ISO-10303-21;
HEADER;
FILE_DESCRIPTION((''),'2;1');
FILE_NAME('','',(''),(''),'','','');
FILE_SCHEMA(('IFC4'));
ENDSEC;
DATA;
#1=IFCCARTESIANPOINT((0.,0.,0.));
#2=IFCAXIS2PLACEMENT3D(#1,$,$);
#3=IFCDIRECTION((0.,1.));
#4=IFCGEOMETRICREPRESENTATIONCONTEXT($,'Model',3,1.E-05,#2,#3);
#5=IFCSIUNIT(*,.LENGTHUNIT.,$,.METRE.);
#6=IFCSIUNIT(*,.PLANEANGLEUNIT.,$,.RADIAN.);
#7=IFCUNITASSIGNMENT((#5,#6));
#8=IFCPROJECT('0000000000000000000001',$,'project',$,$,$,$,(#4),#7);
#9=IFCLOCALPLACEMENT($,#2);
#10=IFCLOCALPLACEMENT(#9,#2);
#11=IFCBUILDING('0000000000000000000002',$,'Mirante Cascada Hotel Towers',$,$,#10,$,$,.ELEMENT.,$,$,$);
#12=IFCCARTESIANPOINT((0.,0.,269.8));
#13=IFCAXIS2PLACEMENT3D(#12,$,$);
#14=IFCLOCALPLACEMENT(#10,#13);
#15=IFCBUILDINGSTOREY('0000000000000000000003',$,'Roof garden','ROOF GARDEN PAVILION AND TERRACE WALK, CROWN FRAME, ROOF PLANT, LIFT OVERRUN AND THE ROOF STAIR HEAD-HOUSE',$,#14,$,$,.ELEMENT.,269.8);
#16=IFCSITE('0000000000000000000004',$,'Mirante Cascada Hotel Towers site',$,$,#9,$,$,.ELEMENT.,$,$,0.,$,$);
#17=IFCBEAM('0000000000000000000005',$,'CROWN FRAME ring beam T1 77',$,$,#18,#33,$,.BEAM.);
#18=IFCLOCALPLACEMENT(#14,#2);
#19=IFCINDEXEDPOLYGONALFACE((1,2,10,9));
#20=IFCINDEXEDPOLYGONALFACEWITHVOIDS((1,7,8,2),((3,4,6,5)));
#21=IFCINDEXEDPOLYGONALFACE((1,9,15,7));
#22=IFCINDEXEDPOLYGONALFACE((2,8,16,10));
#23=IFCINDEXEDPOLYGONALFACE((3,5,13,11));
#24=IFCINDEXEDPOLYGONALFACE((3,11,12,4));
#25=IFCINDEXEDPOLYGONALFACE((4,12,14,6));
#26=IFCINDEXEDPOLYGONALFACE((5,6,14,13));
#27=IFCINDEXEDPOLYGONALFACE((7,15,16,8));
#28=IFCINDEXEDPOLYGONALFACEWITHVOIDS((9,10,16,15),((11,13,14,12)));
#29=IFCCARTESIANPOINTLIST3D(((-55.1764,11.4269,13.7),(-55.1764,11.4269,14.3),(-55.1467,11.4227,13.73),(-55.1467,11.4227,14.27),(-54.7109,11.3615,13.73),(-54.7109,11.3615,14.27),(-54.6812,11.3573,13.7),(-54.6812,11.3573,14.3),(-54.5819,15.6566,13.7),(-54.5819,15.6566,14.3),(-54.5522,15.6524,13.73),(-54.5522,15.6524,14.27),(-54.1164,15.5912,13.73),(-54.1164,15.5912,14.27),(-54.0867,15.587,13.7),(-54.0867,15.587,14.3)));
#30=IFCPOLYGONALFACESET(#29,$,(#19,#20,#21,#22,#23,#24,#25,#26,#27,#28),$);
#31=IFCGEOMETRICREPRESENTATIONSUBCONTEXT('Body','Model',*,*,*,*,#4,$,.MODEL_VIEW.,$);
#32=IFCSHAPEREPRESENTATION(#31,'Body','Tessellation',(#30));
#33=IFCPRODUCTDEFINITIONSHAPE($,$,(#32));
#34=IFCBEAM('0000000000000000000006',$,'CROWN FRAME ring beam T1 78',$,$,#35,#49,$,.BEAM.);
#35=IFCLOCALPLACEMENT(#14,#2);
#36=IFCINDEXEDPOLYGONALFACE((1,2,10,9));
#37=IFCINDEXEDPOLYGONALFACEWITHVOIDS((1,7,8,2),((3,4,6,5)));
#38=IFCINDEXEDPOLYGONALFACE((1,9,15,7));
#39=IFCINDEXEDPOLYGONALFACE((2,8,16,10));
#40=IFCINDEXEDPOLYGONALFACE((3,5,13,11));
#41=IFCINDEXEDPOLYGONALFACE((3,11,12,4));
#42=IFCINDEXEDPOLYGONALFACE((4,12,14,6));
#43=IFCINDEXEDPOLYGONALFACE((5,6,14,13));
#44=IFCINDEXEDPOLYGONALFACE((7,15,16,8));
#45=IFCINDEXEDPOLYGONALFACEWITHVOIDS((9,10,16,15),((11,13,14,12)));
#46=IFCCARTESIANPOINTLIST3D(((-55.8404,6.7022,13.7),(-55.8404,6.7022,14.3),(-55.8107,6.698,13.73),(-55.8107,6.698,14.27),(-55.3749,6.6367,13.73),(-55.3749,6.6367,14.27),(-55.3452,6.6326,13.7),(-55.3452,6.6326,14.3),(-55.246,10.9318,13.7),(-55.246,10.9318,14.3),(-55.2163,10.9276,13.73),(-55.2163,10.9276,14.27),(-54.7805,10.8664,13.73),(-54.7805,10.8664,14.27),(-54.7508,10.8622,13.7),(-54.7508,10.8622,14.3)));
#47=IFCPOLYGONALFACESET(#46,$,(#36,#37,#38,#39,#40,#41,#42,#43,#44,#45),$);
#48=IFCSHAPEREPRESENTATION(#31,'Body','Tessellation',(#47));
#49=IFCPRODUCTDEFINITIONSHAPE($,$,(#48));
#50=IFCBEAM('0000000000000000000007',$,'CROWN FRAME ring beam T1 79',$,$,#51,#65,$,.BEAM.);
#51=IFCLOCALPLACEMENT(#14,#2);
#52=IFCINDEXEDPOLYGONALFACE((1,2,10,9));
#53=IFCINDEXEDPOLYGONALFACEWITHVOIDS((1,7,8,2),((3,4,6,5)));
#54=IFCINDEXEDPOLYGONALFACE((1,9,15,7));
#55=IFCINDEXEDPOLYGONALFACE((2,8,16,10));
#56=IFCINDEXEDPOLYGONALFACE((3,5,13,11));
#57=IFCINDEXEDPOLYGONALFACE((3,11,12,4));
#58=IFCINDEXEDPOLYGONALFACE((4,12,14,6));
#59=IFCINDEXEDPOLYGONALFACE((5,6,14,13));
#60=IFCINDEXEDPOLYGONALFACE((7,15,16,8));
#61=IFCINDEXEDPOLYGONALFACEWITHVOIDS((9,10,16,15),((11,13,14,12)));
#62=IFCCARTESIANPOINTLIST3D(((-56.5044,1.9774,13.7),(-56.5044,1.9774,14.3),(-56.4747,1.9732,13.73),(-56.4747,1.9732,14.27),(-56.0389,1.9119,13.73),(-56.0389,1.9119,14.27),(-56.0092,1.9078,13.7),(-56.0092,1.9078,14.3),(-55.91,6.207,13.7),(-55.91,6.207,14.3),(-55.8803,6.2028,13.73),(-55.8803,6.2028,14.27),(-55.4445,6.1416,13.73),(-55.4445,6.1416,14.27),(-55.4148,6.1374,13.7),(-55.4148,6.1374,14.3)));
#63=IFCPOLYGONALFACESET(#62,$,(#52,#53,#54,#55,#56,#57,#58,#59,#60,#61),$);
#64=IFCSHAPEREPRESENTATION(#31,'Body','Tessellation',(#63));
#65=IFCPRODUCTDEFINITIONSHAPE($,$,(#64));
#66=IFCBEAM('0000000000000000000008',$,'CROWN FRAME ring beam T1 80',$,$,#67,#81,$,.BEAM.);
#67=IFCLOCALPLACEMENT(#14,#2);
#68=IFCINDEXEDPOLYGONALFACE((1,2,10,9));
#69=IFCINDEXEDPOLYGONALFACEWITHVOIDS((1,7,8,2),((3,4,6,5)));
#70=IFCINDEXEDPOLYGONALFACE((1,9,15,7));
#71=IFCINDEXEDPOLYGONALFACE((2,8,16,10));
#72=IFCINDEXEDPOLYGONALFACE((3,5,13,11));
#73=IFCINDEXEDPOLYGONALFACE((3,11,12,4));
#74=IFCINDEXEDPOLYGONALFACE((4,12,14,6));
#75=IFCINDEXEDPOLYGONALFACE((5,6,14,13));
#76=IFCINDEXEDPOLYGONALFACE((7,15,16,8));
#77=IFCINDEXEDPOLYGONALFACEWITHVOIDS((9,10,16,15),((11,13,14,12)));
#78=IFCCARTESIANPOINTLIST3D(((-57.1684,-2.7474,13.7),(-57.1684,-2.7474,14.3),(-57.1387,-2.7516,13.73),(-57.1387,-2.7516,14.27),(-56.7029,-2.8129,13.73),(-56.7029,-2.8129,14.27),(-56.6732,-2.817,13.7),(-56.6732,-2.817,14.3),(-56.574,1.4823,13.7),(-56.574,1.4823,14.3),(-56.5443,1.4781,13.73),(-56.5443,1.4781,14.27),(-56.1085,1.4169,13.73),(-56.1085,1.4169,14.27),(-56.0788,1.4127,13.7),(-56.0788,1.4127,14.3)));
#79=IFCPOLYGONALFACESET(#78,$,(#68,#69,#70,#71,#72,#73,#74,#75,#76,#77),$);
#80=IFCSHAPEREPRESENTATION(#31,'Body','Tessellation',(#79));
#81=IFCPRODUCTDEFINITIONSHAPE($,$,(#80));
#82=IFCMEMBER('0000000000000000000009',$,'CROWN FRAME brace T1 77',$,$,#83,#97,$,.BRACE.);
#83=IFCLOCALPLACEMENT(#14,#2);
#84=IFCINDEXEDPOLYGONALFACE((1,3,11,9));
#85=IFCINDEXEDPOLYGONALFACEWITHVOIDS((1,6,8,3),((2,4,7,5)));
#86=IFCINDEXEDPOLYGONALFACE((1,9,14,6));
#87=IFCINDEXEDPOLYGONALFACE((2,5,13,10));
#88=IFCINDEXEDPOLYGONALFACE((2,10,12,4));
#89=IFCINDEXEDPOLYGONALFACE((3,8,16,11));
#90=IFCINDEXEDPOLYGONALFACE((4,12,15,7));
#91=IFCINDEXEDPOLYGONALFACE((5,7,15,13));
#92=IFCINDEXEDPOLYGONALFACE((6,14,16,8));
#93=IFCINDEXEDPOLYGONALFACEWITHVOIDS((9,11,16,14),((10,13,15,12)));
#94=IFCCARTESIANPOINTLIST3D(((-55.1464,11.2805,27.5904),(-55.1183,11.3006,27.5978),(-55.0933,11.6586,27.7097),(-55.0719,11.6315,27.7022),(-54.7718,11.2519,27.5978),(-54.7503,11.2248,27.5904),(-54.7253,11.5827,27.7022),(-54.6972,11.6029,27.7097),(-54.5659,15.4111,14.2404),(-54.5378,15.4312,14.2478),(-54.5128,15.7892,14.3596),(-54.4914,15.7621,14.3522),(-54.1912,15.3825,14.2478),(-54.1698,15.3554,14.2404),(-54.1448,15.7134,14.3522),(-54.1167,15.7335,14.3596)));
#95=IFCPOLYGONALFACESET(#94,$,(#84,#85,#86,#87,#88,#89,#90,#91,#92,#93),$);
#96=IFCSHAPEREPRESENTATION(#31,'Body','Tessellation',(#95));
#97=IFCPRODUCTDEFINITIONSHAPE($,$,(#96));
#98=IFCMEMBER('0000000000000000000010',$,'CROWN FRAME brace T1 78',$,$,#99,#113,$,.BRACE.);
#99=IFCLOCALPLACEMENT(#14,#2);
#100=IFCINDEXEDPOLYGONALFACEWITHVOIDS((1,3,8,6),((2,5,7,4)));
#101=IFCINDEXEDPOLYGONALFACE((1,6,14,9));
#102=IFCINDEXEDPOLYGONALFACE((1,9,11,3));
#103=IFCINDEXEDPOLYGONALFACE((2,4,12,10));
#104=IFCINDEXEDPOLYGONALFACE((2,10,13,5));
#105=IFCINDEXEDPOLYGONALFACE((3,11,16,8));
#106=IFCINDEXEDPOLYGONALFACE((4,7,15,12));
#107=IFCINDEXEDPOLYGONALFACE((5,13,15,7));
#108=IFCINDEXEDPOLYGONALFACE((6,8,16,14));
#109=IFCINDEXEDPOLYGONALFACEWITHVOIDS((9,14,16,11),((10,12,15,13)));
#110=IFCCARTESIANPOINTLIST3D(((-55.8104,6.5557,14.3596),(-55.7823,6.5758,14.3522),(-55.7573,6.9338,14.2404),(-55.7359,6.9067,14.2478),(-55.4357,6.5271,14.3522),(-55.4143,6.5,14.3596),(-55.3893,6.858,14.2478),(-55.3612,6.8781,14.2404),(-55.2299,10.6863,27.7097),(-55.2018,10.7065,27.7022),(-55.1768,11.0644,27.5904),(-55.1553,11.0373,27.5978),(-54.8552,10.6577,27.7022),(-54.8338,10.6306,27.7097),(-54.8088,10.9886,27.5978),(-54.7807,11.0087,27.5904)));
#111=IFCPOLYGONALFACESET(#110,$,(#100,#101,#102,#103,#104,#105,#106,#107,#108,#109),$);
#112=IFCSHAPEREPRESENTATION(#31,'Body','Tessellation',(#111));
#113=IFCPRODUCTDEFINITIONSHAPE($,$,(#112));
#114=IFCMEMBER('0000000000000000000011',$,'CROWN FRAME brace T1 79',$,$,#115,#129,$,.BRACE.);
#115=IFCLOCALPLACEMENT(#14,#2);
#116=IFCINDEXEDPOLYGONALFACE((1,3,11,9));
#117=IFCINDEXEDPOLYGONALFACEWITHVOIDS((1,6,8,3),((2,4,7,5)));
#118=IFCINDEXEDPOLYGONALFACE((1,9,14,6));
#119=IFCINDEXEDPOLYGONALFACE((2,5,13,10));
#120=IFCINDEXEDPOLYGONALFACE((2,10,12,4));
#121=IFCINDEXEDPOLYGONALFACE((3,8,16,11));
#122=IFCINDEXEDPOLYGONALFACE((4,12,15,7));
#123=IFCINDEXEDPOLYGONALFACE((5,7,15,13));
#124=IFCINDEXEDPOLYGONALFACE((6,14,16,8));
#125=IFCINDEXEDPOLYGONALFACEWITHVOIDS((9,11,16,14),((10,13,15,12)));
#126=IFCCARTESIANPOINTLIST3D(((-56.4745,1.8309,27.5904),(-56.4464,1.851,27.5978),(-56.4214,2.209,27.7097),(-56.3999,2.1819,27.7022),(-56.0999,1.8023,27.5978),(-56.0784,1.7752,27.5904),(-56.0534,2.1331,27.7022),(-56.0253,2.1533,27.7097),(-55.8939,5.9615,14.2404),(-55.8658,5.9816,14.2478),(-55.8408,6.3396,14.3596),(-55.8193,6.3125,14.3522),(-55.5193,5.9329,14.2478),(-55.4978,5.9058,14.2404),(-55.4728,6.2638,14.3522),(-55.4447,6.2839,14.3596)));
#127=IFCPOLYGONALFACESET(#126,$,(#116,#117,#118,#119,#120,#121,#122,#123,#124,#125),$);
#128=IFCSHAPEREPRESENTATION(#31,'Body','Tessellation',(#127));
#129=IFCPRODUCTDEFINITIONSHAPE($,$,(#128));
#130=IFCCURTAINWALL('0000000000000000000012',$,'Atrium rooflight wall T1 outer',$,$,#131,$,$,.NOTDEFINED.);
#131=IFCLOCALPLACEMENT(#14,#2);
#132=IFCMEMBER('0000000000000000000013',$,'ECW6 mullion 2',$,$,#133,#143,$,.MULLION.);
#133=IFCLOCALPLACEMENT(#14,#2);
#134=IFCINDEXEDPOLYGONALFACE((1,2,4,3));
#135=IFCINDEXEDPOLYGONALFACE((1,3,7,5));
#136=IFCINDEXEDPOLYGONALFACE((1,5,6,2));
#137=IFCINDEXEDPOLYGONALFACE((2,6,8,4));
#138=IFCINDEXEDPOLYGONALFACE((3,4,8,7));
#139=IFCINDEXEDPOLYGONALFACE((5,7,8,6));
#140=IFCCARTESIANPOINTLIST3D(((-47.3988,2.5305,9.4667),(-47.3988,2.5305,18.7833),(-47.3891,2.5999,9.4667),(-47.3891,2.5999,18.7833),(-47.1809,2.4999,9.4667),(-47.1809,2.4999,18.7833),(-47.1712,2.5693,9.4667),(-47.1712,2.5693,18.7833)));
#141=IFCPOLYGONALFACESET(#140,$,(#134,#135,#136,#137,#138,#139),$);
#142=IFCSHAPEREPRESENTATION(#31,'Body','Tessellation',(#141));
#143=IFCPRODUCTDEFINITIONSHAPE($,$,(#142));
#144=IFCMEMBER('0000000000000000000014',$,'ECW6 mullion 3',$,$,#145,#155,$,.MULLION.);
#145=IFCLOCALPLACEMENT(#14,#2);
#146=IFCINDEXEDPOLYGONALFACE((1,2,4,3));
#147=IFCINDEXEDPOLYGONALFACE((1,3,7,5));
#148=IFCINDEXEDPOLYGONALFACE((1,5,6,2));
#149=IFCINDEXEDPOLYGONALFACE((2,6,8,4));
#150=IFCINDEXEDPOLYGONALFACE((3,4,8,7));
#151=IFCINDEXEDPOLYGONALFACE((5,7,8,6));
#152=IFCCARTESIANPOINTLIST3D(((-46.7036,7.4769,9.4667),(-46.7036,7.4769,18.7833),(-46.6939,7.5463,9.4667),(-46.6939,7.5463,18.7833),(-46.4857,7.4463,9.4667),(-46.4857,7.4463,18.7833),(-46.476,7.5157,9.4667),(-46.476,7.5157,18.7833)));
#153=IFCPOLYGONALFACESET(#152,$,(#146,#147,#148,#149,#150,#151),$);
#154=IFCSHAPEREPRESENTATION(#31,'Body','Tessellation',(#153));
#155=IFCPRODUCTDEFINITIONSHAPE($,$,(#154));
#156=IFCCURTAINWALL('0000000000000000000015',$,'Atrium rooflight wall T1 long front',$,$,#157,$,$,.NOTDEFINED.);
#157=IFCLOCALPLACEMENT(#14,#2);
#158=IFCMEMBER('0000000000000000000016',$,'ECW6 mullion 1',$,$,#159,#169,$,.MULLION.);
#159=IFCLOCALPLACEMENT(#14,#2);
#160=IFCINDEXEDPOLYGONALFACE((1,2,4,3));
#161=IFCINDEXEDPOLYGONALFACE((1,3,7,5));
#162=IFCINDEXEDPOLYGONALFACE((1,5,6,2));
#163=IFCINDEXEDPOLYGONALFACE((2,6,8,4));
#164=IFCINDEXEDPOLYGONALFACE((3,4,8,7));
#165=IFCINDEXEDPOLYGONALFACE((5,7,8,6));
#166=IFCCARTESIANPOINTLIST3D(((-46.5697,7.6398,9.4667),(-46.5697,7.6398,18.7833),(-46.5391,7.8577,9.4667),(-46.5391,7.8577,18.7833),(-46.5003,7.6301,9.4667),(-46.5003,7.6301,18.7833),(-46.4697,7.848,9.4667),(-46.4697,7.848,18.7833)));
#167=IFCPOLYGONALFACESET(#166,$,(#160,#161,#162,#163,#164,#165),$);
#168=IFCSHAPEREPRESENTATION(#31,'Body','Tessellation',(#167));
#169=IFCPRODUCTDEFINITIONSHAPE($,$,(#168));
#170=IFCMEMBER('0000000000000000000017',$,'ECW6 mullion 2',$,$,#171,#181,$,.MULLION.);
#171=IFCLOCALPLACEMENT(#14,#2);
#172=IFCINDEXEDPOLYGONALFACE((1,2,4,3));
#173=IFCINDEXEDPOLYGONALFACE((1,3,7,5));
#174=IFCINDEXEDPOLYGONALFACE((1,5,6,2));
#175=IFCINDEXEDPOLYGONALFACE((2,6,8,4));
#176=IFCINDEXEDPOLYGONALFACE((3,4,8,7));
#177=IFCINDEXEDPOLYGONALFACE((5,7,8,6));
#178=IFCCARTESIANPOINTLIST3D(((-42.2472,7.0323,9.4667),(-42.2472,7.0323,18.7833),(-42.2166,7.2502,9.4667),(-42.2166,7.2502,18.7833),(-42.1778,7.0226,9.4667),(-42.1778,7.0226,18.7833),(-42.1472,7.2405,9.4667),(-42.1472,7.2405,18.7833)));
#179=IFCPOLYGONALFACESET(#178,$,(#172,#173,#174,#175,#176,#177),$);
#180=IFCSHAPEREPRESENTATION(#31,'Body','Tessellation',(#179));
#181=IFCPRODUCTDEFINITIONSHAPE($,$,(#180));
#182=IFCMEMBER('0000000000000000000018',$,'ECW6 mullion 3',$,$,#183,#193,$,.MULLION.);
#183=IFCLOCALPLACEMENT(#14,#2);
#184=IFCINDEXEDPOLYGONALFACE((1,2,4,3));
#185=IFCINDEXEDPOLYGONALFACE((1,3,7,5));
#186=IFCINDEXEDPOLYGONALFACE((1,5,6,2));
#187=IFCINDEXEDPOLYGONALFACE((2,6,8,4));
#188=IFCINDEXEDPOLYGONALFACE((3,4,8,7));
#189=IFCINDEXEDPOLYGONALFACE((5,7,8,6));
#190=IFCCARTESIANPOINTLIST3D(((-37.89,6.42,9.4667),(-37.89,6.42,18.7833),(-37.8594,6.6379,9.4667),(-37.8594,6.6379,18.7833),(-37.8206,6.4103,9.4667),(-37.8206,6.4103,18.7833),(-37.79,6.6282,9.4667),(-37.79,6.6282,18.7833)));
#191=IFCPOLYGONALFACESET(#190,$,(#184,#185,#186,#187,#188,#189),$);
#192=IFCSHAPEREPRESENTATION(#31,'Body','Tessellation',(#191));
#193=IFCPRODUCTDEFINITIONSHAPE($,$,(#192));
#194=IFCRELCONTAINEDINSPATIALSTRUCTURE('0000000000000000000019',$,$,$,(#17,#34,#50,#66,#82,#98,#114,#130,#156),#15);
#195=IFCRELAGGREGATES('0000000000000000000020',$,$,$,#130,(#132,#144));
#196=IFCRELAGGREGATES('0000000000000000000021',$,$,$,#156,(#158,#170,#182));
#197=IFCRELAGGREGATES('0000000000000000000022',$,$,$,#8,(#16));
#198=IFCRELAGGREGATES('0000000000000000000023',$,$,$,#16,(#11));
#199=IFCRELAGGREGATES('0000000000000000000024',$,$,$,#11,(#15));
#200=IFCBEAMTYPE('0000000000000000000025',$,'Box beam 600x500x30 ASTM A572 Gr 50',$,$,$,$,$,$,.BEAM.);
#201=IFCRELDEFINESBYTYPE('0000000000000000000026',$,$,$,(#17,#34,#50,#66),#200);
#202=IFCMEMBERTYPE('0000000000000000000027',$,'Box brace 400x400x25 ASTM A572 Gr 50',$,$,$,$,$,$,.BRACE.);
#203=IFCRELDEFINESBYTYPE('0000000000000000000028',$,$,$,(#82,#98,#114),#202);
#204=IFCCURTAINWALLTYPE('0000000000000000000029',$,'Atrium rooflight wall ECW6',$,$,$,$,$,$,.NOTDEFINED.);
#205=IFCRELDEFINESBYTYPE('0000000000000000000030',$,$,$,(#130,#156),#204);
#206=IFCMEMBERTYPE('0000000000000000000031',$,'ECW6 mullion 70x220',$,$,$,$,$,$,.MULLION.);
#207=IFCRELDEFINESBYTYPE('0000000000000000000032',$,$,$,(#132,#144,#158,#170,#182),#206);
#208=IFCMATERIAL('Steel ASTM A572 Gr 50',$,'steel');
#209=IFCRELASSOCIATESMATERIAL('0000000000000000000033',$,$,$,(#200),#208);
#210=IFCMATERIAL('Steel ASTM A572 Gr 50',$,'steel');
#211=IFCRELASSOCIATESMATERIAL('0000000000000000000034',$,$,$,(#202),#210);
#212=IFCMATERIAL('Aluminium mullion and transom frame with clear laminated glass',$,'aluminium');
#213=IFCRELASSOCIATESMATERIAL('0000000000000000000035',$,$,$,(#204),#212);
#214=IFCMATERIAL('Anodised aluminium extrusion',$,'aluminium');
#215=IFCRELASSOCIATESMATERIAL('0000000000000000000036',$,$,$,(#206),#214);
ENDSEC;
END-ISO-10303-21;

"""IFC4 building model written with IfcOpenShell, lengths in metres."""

from ifc_helpers import new_model, si_unit, direction, frame, origin, origin_2d, place, context, subcontext, project, spatial, rectangle, hollow_rectangle, extrude, material, material_profile, profile_set, type_object, element, aggregate, save


model = new_model("IFC4")

# Units and contexts
model_context = context("Model", 3, precision=1e-05, world=origin(), true_north=direction((0.0, 1.0)))
body_context = subcontext(model_context, "Body", "Model", "MODEL_VIEW")
ifc_project = project(units=[si_unit("LENGTHUNIT", "METRE"), si_unit("PLANEANGLEUNIT", "RADIAN")], contexts=[model_context])

# Site, building, storey
site_placement = place(None, origin())
site = spatial("IfcSite", under=ifc_project, at=site_placement, Name="Mirante Cascada Hotel Towers site", CompositionType="ELEMENT", RefElevation=0.0)
building_placement = place(site_placement, origin())
building = spatial("IfcBuilding", under=site, at=building_placement, Name="Mirante Cascada Hotel Towers", CompositionType="ELEMENT")
storey_placement = place(building_placement, frame((0.0, 0.0, 269.8)))
storey = spatial("IfcBuildingStorey", under=building, at=storey_placement, Name="Roof garden", Description="ROOF GARDEN PAVILION AND TERRACE WALK, CROWN FRAME, ROOF PLANT, LIFT OVERRUN AND THE ROOF STAIR HEAD-HOUSE", CompositionType="ELEMENT", Elevation=269.8)

# Beams
ifc_material_1 = material(Name="Steel ASTM A572 Gr 50", Category="steel")
ifc_material_profile_1 = material_profile(ifc_material_1, hollow_rectangle(XDim=0.5, YDim=0.6, WallThickness=0.03, at=origin_2d()), Name="Box beam 600x500x30 ASTM A572 Gr 50")
ifc_profile_set_1 = profile_set([ifc_material_profile_1], Name="Steel ASTM A572 Gr 50")
beam_type = type_object("IfcBeamType", Name="Box beam 600x500x30 ASTM A572 Gr 50", PredefinedType="BEAM", material=ifc_profile_set_1)
beam_1_placement = place(storey_placement, frame((-54.3343, 15.6218, 14.0), z_axis=(-0.139186, -0.990266, 0.0), x_axis=(0.990266, -0.139186, 0.0)))
element("IfcBeam", 1, at=beam_1_placement, inside=storey, type_object=beam_type, Name="CROWN FRAME ring beam T1 77", PredefinedType="BEAM", context=body_context, shape_type="SweptSolid", body=[
    extrude(hollow_rectangle(XDim=0.5, YDim=0.6, WallThickness=0.03, at=origin_2d()), origin(), (0.0, 0.0, 1.0), 4.2713),
])
for number, where, z_axis, x_axis, name in (
    (2, (-54.9984, 10.897, 14.0), (-0.139166, -0.990269, 0.0), (0.990269, -0.139166, 0.0), "CROWN FRAME ring beam T1 78"),
    (3, (-55.6624, 6.1722, 14.0), (-0.139166, -0.990269, 0.0), (0.990269, -0.139166, 0.0), "CROWN FRAME ring beam T1 79"),
):
    element("IfcBeam", number, at=place(storey_placement, frame(where, z_axis=z_axis, x_axis=x_axis)), inside=storey, type_object=beam_type, Name=name, PredefinedType="BEAM", context=body_context, shape_type="SweptSolid", body=[
        extrude(hollow_rectangle(XDim=0.5, YDim=0.6, WallThickness=0.03, at=origin_2d()), origin(), (0.0, 0.0, 1.0), 4.2712),
    ])
beam_2_placement = place(storey_placement, frame((-56.3264, 1.4475, 14.0), z_axis=(-0.139163, -0.99027, 0.0), x_axis=(0.99027, -0.139163, 0.0)))
element("IfcBeam", 4, at=beam_2_placement, inside=storey, type_object=beam_type, Name="CROWN FRAME ring beam T1 80", PredefinedType="BEAM", context=body_context, shape_type="SweptSolid", body=[
    extrude(hollow_rectangle(XDim=0.5, YDim=0.6, WallThickness=0.03, at=origin_2d()), origin(), (0.0, 0.0, 1.0), 4.2713),
])

# Members
ifc_material_2 = material(Name="Steel ASTM A572 Gr 50", Category="steel")
ifc_material_profile_2 = material_profile(ifc_material_2, hollow_rectangle(XDim=0.4, YDim=0.4, WallThickness=0.025, at=origin_2d()), Name="Box brace 400x400x25 ASTM A572 Gr 50")
ifc_profile_set_2 = profile_set([ifc_material_profile_2], Name="Steel ASTM A572 Gr 50")
member_type_1 = type_object("IfcMemberType", Name="Box brace 400x400x25 ASTM A572 Gr 50", PredefinedType="BRACE", material=ifc_profile_set_2)
for number, where, z_axis, x_axis, name in (
    (5, (-54.3413, 15.5723, 14.3), (-0.041504, -0.295328, 0.954494), (0.990269, -0.139169, 0.0), "CROWN FRAME brace T1 77"),
    (6, (-55.5858, 6.7169, 14.3), (0.041504, 0.295328, 0.954494), (-0.990269, 0.139169, 0.0), "CROWN FRAME brace T1 78"),
    (7, (-55.6693, 6.1227, 14.3), (-0.041511, -0.295328, 0.954494), (0.990265, -0.139192, 0.0), "CROWN FRAME brace T1 79"),
):
    element("IfcMember", number, at=place(storey_placement, frame(where, z_axis=z_axis, x_axis=x_axis)), inside=storey, type_object=member_type_1, Name=name, PredefinedType="BRACE", context=body_context, shape_type="SweptSolid", body=[
        extrude(hollow_rectangle(XDim=0.4, YDim=0.4, WallThickness=0.025, at=origin_2d()), origin(), (0.0, 0.0, 1.0), 13.9865),
    ])

# Curtain walls, members
ifc_material_3 = material(Name="Aluminium mullion and transom frame with clear laminated glass", Category="aluminium")
curtain_wall_type = type_object("IfcCurtainWallType", Name="Atrium rooflight wall ECW6", PredefinedType="NOTDEFINED", material=ifc_material_3)
curtain_wall_1_placement = place(storey_placement, origin())
curtain_wall_1 = element("IfcCurtainWall", 8, at=curtain_wall_1_placement, inside=storey, type_object=curtain_wall_type, Name="Atrium rooflight wall T1 outer", PredefinedType="NOTDEFINED")
ifc_material_4 = material(Name="Anodised aluminium extrusion", Category="aluminium")
ifc_material_profile_3 = material_profile(ifc_material_4, rectangle(XDim=0.22, YDim=0.07, at=origin_2d()), Name="ECW6 MULLION 70x220")
ifc_profile_set_3 = profile_set([ifc_material_profile_3], Name="Anodised aluminium extrusion")
member_type_2 = type_object("IfcMemberType", Name="ECW6 mullion 70x220", PredefinedType="MULLION", material=ifc_profile_set_3)
member_1_placement = place(storey_placement, frame((-47.285, 2.5499, 9.4667), z_axis=(0.0, 0.0, 1.0), x_axis=(-0.990268, 0.139173, 0.0)))
member_1 = element("IfcMember", 9, at=member_1_placement, type_object=member_type_2, Name="ECW6 mullion 2", PredefinedType="MULLION", context=body_context, shape_type="SweptSolid", body=[
    extrude(rectangle(XDim=0.22, YDim=0.07, at=origin_2d()), origin(), (0.0, 0.0, 1.0), 9.3166),
])
member_2_placement = place(storey_placement, frame((-46.5898, 7.4963, 9.4667), z_axis=(0.0, 0.0, 1.0), x_axis=(-0.990268, 0.139173, 0.0)))
member_2 = element("IfcMember", 10, at=member_2_placement, type_object=member_type_2, Name="ECW6 mullion 3", PredefinedType="MULLION", context=body_context, shape_type="SweptSolid", body=[
    extrude(rectangle(XDim=0.22, YDim=0.07, at=origin_2d()), origin(), (0.0, 0.0, 1.0), 9.3166),
])
curtain_wall_2_placement = place(storey_placement, origin())
curtain_wall_2 = element("IfcCurtainWall", 11, at=curtain_wall_2_placement, inside=storey, type_object=curtain_wall_type, Name="Atrium rooflight wall T1 long front", PredefinedType="NOTDEFINED")
member_3_placement = place(storey_placement, frame((-46.5197, 7.7439, 9.4667), z_axis=(0.0, 0.0, 1.0), x_axis=(0.139173, 0.990268, 0.0)))
member_3 = element("IfcMember", 12, at=member_3_placement, type_object=member_type_2, Name="ECW6 mullion 1", PredefinedType="MULLION", context=body_context, shape_type="SweptSolid", body=[
    extrude(rectangle(XDim=0.22, YDim=0.07, at=origin_2d()), origin(), (0.0, 0.0, 1.0), 9.3166),
])
member_4_placement = place(storey_placement, frame((-42.1972, 7.1364, 9.4667), z_axis=(0.0, 0.0, 1.0), x_axis=(0.139173, 0.990268, 0.0)))
member_4 = element("IfcMember", 13, at=member_4_placement, type_object=member_type_2, Name="ECW6 mullion 2", PredefinedType="MULLION", context=body_context, shape_type="SweptSolid", body=[
    extrude(rectangle(XDim=0.22, YDim=0.07, at=origin_2d()), origin(), (0.0, 0.0, 1.0), 9.3166),
])
member_5_placement = place(storey_placement, frame((-37.84, 6.5241, 9.4667), z_axis=(0.0, 0.0, 1.0), x_axis=(0.139173, 0.990268, 0.0)))
member_5 = element("IfcMember", 14, at=member_5_placement, type_object=member_type_2, Name="ECW6 mullion 3", PredefinedType="MULLION", context=body_context, shape_type="SweptSolid", body=[
    extrude(rectangle(XDim=0.22, YDim=0.07, at=origin_2d()), origin(), (0.0, 0.0, 1.0), 9.3166),
])

aggregate(curtain_wall_1, [member_1, member_2])
aggregate(curtain_wall_2, [member_3, member_4, member_5])

save(model, "model.ifc")
